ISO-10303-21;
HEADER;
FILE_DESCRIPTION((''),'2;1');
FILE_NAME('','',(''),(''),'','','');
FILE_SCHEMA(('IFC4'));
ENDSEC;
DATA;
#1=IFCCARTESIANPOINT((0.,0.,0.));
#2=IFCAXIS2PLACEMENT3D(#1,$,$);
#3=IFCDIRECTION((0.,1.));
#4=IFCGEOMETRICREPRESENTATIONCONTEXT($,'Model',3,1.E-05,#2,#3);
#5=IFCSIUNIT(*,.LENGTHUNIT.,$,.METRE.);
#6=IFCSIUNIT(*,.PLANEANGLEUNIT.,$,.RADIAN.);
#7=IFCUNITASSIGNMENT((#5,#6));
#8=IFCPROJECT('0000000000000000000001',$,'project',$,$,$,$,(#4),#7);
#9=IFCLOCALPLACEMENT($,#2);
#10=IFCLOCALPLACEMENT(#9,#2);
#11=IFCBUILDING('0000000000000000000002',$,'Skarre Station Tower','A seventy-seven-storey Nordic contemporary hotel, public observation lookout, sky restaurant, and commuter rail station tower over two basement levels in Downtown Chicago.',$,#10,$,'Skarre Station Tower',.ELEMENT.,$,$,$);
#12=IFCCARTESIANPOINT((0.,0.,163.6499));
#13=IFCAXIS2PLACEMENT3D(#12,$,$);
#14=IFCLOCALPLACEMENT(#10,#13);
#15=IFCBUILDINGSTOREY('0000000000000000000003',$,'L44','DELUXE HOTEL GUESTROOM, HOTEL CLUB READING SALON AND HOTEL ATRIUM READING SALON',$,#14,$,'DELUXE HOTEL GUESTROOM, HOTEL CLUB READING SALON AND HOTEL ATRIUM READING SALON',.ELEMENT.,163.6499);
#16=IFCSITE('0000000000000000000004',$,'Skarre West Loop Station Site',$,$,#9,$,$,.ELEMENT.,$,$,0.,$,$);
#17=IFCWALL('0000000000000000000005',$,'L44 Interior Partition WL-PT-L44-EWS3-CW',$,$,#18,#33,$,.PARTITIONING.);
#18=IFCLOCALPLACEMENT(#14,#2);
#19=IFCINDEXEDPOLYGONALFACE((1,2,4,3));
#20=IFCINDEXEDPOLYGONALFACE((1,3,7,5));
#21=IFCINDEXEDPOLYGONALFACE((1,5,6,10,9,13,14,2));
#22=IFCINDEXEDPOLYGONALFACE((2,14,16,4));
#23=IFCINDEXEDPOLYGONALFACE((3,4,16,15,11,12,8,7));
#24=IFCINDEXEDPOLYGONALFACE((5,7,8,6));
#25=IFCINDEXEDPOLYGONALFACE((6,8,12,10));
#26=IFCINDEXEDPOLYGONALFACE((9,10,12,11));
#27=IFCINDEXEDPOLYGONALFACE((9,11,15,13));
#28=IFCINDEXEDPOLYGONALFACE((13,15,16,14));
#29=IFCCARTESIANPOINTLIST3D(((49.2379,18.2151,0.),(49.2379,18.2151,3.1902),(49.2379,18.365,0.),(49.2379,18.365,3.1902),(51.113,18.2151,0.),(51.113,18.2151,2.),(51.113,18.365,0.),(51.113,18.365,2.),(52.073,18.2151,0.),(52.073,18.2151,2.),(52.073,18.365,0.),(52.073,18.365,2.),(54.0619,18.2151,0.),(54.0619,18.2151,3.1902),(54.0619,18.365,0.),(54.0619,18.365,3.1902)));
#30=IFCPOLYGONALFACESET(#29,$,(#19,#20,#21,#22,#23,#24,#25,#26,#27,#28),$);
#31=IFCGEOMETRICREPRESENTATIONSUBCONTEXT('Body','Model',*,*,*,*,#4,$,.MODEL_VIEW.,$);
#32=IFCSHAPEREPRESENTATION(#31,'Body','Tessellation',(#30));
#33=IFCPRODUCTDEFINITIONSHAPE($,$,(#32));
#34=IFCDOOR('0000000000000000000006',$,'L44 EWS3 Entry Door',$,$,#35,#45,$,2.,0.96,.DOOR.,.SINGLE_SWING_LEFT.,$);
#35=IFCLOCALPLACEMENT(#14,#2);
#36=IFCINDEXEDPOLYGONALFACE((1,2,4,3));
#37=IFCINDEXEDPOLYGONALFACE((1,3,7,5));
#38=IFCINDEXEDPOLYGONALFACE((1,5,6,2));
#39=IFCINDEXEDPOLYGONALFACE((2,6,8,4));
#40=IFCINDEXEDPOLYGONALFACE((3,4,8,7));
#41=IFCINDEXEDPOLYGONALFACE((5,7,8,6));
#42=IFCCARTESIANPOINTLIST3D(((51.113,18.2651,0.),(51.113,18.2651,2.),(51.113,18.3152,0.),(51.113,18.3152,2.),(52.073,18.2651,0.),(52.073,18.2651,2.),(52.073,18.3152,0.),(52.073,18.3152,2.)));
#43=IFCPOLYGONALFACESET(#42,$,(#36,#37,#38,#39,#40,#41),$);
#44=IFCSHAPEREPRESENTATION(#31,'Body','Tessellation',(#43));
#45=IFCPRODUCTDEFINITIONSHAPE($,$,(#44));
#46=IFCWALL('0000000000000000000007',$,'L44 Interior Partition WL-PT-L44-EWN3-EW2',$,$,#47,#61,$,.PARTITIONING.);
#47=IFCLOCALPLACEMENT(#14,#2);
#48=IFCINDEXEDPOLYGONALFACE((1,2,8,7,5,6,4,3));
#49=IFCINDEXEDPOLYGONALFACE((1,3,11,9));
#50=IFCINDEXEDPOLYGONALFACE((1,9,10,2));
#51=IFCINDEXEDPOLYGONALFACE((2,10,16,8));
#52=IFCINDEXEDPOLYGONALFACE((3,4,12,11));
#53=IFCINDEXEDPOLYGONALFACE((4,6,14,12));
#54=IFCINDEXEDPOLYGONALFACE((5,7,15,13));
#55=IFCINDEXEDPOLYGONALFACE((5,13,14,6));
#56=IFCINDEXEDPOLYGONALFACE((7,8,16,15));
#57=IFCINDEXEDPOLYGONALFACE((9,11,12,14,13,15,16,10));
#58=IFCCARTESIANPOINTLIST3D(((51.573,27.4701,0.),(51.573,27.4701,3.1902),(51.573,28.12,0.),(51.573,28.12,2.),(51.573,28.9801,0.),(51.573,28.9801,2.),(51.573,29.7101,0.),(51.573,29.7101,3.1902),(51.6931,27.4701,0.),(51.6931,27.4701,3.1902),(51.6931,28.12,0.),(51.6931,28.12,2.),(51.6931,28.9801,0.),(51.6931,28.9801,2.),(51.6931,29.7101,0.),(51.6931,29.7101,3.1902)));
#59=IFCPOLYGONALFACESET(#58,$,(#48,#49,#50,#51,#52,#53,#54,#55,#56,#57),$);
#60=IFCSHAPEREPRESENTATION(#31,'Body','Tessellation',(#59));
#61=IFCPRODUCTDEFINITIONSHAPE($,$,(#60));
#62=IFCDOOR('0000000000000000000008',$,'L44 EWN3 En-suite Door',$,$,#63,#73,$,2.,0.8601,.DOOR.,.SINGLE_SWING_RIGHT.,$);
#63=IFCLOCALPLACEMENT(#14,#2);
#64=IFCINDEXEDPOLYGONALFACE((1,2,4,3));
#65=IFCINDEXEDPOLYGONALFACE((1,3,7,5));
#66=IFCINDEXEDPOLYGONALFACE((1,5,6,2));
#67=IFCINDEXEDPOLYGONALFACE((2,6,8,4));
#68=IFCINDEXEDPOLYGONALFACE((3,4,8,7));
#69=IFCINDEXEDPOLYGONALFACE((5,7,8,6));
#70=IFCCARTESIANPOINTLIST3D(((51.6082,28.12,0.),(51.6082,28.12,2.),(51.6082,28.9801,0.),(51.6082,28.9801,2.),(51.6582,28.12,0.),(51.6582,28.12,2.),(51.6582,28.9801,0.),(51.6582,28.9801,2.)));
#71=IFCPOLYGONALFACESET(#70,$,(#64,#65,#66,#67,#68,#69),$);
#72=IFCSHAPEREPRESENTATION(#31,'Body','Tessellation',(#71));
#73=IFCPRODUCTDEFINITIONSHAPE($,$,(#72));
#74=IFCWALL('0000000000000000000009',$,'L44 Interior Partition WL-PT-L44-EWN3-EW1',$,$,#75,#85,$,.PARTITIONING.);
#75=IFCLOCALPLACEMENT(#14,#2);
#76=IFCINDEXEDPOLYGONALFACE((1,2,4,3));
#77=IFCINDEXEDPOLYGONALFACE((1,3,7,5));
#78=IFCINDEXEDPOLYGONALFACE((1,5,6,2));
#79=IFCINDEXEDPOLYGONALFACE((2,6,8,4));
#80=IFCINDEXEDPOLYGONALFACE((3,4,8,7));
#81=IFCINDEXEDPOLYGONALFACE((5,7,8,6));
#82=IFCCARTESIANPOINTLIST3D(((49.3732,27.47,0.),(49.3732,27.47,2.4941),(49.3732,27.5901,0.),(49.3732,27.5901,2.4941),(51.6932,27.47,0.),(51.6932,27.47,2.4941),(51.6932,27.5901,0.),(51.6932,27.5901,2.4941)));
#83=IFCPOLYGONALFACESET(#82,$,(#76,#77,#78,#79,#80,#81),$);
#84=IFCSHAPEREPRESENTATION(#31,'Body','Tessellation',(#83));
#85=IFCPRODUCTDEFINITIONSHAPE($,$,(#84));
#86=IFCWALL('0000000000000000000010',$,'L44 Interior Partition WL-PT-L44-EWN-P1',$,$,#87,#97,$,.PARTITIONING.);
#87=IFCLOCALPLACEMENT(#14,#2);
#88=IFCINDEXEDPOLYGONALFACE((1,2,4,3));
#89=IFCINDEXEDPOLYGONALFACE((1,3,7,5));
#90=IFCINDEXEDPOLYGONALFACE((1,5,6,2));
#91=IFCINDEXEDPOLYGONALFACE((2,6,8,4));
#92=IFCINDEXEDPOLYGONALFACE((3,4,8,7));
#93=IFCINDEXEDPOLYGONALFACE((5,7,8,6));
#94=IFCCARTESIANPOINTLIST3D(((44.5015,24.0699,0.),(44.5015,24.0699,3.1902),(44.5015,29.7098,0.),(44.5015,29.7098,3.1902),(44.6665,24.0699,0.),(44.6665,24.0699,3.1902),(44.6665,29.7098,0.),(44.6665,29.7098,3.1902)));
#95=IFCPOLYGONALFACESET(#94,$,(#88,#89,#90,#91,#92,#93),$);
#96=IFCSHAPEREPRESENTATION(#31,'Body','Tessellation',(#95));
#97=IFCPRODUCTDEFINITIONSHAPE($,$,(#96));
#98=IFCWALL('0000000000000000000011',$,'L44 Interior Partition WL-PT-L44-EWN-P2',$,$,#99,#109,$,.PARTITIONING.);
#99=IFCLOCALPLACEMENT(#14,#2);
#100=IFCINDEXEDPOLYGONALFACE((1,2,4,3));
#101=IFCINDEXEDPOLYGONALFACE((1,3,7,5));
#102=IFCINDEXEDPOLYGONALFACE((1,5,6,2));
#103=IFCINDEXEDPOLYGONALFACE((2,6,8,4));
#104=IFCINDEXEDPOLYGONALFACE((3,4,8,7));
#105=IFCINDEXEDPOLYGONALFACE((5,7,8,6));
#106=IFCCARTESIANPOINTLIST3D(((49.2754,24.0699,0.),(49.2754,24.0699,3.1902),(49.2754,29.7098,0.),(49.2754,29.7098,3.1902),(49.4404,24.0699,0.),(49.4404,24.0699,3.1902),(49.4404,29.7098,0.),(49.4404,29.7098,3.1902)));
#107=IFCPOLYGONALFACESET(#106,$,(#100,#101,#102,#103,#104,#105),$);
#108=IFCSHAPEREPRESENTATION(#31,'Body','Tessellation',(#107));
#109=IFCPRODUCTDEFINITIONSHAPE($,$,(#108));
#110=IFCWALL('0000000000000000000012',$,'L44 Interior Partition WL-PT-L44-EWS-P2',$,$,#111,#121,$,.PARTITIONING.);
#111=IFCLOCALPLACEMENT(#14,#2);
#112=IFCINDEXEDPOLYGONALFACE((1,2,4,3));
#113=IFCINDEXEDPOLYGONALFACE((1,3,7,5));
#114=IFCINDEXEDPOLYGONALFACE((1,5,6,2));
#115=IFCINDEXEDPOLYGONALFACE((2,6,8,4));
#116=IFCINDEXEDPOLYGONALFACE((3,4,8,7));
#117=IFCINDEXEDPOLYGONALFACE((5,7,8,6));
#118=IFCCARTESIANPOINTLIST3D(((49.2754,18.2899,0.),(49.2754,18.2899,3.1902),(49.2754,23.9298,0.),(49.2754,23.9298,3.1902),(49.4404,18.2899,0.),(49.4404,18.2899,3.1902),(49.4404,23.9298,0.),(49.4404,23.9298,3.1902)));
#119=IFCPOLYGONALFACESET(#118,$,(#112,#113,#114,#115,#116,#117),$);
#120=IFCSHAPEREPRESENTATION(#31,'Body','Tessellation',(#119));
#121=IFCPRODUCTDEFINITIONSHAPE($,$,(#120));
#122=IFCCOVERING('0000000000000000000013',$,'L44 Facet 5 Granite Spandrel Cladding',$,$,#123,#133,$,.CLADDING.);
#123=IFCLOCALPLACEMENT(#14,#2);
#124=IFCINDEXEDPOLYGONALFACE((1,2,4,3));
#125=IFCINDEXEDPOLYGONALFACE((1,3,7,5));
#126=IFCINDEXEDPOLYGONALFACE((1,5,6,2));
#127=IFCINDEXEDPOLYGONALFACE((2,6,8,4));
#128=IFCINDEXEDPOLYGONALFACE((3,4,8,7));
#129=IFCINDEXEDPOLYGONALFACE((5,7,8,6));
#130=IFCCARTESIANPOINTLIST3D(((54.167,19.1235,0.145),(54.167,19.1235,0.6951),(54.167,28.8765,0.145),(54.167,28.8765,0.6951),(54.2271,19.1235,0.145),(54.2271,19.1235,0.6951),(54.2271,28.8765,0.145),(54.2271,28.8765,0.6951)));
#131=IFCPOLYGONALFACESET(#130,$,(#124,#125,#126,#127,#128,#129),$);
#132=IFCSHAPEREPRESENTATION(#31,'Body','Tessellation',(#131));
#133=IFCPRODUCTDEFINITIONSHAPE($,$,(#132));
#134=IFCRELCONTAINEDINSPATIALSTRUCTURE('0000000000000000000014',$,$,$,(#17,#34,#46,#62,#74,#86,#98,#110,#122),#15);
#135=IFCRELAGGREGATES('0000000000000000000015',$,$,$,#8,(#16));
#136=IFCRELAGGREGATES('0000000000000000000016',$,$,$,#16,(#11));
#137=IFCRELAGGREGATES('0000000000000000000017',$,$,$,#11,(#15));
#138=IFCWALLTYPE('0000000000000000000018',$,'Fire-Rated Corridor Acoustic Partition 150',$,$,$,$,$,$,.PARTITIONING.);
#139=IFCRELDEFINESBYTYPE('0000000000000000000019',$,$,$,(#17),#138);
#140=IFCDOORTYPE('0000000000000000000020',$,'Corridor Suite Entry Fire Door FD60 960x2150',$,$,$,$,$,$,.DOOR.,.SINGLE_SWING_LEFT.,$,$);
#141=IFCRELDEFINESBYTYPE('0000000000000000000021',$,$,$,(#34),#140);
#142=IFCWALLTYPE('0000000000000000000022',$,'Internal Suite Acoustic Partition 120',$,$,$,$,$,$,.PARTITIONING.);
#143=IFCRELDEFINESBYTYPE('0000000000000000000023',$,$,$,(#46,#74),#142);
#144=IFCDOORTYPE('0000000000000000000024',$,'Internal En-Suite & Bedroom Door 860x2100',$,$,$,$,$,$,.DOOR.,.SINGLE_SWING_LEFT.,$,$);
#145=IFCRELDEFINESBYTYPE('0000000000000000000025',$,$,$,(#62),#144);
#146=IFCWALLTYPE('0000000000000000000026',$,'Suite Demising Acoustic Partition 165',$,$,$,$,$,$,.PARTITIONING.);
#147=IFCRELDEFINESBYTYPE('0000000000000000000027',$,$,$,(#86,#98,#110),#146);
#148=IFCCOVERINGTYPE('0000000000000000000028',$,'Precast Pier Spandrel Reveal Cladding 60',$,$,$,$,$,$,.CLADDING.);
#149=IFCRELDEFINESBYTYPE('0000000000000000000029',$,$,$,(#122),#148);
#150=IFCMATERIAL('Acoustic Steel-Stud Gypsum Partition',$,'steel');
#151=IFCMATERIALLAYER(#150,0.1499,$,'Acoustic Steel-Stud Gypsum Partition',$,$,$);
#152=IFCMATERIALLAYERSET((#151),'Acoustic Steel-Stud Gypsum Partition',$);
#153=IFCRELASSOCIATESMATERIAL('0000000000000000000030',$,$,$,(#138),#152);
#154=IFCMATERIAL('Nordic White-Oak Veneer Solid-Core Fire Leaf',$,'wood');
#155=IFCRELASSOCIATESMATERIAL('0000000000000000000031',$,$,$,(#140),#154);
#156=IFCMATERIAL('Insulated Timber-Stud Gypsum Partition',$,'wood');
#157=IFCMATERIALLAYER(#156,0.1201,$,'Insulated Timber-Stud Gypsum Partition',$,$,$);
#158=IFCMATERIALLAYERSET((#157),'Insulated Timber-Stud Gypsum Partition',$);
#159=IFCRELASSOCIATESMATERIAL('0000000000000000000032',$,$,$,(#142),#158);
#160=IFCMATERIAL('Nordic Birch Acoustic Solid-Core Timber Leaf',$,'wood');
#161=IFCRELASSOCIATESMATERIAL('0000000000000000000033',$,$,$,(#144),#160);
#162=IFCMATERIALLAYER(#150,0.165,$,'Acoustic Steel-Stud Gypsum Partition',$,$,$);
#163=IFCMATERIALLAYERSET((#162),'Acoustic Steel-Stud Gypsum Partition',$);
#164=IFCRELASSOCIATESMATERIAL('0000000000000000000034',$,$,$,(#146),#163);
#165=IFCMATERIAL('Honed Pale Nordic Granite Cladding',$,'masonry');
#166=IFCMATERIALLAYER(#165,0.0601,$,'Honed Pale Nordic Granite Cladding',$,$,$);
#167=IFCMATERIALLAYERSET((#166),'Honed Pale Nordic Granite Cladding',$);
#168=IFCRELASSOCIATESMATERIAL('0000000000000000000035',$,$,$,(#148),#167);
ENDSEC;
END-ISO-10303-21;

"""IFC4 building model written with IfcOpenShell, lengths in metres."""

from ifc_helpers import new_model, si_unit, direction, frame, frame_2d, origin, origin_2d, place, context, subcontext, project, spatial, rectangle, extrude, material, layer, layer_set, type_object, element, fill, save


model = new_model("IFC4")

# Units and contexts
model_context = context("Model", 3, precision=1e-05, world=origin(), true_north=direction((0.0, 1.0)))
body_context = subcontext(model_context, "Body", "Model", "MODEL_VIEW")
ifc_project = project(units=[si_unit("LENGTHUNIT", "METRE"), si_unit("PLANEANGLEUNIT", "RADIAN")], contexts=[model_context])

# Site, building, storey
site_placement = place(None, origin())
site = spatial("IfcSite", under=ifc_project, at=site_placement, Name="Skarre West Loop Station Site", CompositionType="ELEMENT", RefElevation=0.0)
building_placement = place(site_placement, origin())
building = spatial("IfcBuilding", under=site, at=building_placement, Name="Skarre Station Tower", Description="A seventy-seven-storey Nordic contemporary hotel, public observation lookout, sky restaurant, and commuter rail station tower over two basement levels in Downtown Chicago.", LongName="Skarre Station Tower", CompositionType="ELEMENT")
storey_placement = place(building_placement, frame((0.0, 0.0, 163.6499)))
storey = spatial("IfcBuildingStorey", under=building, at=storey_placement, Name="L44", Description="DELUXE HOTEL GUESTROOM, HOTEL CLUB READING SALON AND HOTEL ATRIUM READING SALON", LongName="DELUXE HOTEL GUESTROOM, HOTEL CLUB READING SALON AND HOTEL ATRIUM READING SALON", CompositionType="ELEMENT", Elevation=163.6499)

# Walls, openings, doors
ifc_material_1 = material(Name="Acoustic Steel-Stud Gypsum Partition", Category="steel")
ifc_layer_1 = layer(ifc_material_1, 0.1499, Name="Acoustic Steel-Stud Gypsum Partition")
ifc_layer_set_1 = layer_set([ifc_layer_1], Name="Acoustic Steel-Stud Gypsum Partition")
wall_type_1 = type_object("IfcWallType", Name="Fire-Rated Corridor Acoustic Partition 150", PredefinedType="PARTITIONING", material=ifc_layer_set_1)
ifc_material_2 = material(Name="Nordic White-Oak Veneer Solid-Core Fire Leaf", Category="wood")
door_type_1 = type_object("IfcDoorType", Name="Corridor Suite Entry Fire Door FD60 960x2150", OperationType="SINGLE_SWING_LEFT", PredefinedType="DOOR", material=ifc_material_2)
wall_1_placement = place(storey_placement, frame((54.062, 18.29, 0.0), z_axis=(0.0, 0.0, 1.0), x_axis=(-1.0, 0.0, 0.0)))
wall_1 = element("IfcWall", 1, at=wall_1_placement, inside=storey, type_object=wall_type_1, Name="L44 Interior Partition WL-PT-L44-EWS3-CW", PredefinedType="PARTITIONING", context=body_context, shape_type="SweptSolid", body=[
    extrude(rectangle(XDim=4.824, YDim=0.1499, at=frame_2d((2.4121, 0.0))), origin(), (0.0, 0.0, 1.0), 3.1902),
])
opening_1_placement = place(wall_1_placement, frame((1.989, 0.0, 0.0)))
opening_1 = element("IfcOpeningElement", 2, at=opening_1_placement, cuts=wall_1, PredefinedType="OPENING", context=body_context, shape_type="SweptSolid", body=[
    extrude(rectangle(XDim=0.96, YDim=2.0, at=frame_2d((0.48, 1.0))), frame((0.0, 0.085, 0.0), z_axis=(0.0, -1.0, 0.0), x_axis=(1.0, 0.0, 0.0)), (0.0, 0.0, 1.0), 0.1699),
])
door_1_placement = place(opening_1_placement, origin())
door_1 = element("IfcDoor", 3, at=door_1_placement, inside=storey, type_object=door_type_1, Name="L44 EWS3 Entry Door", OperationType="SINGLE_SWING_LEFT", OverallHeight=2.0, OverallWidth=0.96, PredefinedType="DOOR", context=body_context, shape_type="SweptSolid", body=[
    extrude(rectangle(XDim=0.96, YDim=2.0, at=frame_2d((0.48, 1.0))), frame((0.0, 0.0249, 0.0), z_axis=(0.0, -1.0, 0.0), x_axis=(1.0, 0.0, 0.0)), (0.0, 0.0, 1.0), 0.05),
])
fill(opening_1, door_1)
ifc_material_3 = material(Name="Insulated Timber-Stud Gypsum Partition", Category="wood")
ifc_layer_2 = layer(ifc_material_3, 0.1201, Name="Insulated Timber-Stud Gypsum Partition")
ifc_layer_set_2 = layer_set([ifc_layer_2], Name="Insulated Timber-Stud Gypsum Partition")
wall_type_2 = type_object("IfcWallType", Name="Internal Suite Acoustic Partition 120", PredefinedType="PARTITIONING", material=ifc_layer_set_2)
wall_2_placement = place(storey_placement, frame((51.6331, 27.47, 0.0), z_axis=(0.0, 0.0, 1.0), x_axis=(0.0, 1.0, 0.0)))
wall_2 = element("IfcWall", 4, at=wall_2_placement, inside=storey, type_object=wall_type_2, Name="L44 Interior Partition WL-PT-L44-EWN3-EW2", PredefinedType="PARTITIONING", context=body_context, shape_type="SweptSolid", body=[
    extrude(rectangle(XDim=2.24, YDim=0.1201, at=frame_2d((1.1201, 0.0))), origin(), (0.0, 0.0, 1.0), 3.1902),
])
opening_2_placement = place(wall_2_placement, frame((0.6499, 0.0, 0.0)))
opening_2 = element("IfcOpeningElement", 5, at=opening_2_placement, cuts=wall_2, PredefinedType="OPENING", context=body_context, shape_type="SweptSolid", body=[
    extrude(rectangle(XDim=0.8601, YDim=2.0, at=frame_2d((0.4302, 1.0))), frame((0.0, 0.0701, 0.0), z_axis=(0.0, -1.0, 0.0), x_axis=(1.0, 0.0, 0.0)), (0.0, 0.0, 1.0), 0.1401),
])
ifc_material_4 = material(Name="Nordic Birch Acoustic Solid-Core Timber Leaf", Category="wood")
door_type_2 = type_object("IfcDoorType", Name="Internal En-Suite & Bedroom Door 860x2100", OperationType="SINGLE_SWING_LEFT", PredefinedType="DOOR", material=ifc_material_4)
door_2_placement = place(opening_2_placement, origin())
door_2 = element("IfcDoor", 6, at=door_2_placement, inside=storey, type_object=door_type_2, Name="L44 EWN3 En-suite Door", OperationType="SINGLE_SWING_RIGHT", OverallHeight=2.0, OverallWidth=0.8601, PredefinedType="DOOR", context=body_context, shape_type="SweptSolid", body=[
    extrude(rectangle(XDim=0.8601, YDim=2.0, at=frame_2d((0.4302, 1.0))), frame((0.0, 0.0249, 0.0), z_axis=(0.0, -1.0, 0.0), x_axis=(1.0, 0.0, 0.0)), (0.0, 0.0, 1.0), 0.05),
])
fill(opening_2, door_2)

# Walls
wall_3_placement = place(storey_placement, frame((49.373, 27.53, 0.0), z_axis=(0.0, 0.0, 1.0), x_axis=(1.0, 0.0, 0.0)))
element("IfcWall", 7, at=wall_3_placement, inside=storey, type_object=wall_type_2, Name="L44 Interior Partition WL-PT-L44-EWN3-EW1", PredefinedType="PARTITIONING", context=body_context, shape_type="SweptSolid", body=[
    extrude(rectangle(XDim=2.3201, YDim=0.1201, at=frame_2d((1.1602, 0.0))), origin(), (0.0, 0.0, 1.0), 2.4941),
])
ifc_layer_3 = layer(ifc_material_1, 0.165, Name="Acoustic Steel-Stud Gypsum Partition")
ifc_layer_set_3 = layer_set([ifc_layer_3], Name="Acoustic Steel-Stud Gypsum Partition")
wall_type_3 = type_object("IfcWallType", Name="Suite Demising Acoustic Partition 165", PredefinedType="PARTITIONING", material=ifc_layer_set_3)
for number, where, z_axis, x_axis, name in (
    (8, (44.584, 24.0701, 0.0), (0.0, 0.0, 1.0), (0.0, 1.0, 0.0), "L44 Interior Partition WL-PT-L44-EWN-P1"),
    (9, (49.3579, 24.0701, 0.0), (0.0, 0.0, 1.0), (0.0, 1.0, 0.0), "L44 Interior Partition WL-PT-L44-EWN-P2"),
    (10, (49.3579, 18.29, 0.0), (0.0, 0.0, 1.0), (0.0, 1.0, 0.0), "L44 Interior Partition WL-PT-L44-EWS-P2"),
):
    element("IfcWall", number, at=place(storey_placement, frame(where, z_axis=z_axis, x_axis=x_axis)), inside=storey, type_object=wall_type_3, Name=name, PredefinedType="PARTITIONING", context=body_context, shape_type="SweptSolid", body=[
        extrude(rectangle(XDim=5.6399, YDim=0.165, at=frame_2d((2.8198, 0.0))), origin(), (0.0, 0.0, 1.0), 3.1902),
    ])

# Covering
ifc_material_5 = material(Name="Honed Pale Nordic Granite Cladding", Category="masonry")
ifc_layer_4 = layer(ifc_material_5, 0.0601, Name="Honed Pale Nordic Granite Cladding")
ifc_layer_set_4 = layer_set([ifc_layer_4], Name="Honed Pale Nordic Granite Cladding")
covering_type = type_object("IfcCoveringType", Name="Precast Pier Spandrel Reveal Cladding 60", PredefinedType="CLADDING", material=ifc_layer_set_4)
covering_placement = place(storey_placement, frame((54.197, 24.0, 0.145), z_axis=(0.0, 0.0, 1.0), x_axis=(0.0, 1.0, 0.0)))
element("IfcCovering", 11, at=covering_placement, inside=storey, type_object=covering_type, Name="L44 Facet 5 Granite Spandrel Cladding", PredefinedType="CLADDING", context=body_context, shape_type="SweptSolid", body=[
    extrude(rectangle(XDim=9.7529, YDim=0.0601, at=origin_2d()), origin(), (0.0, 0.0, 1.0), 0.55),
])

save(model, "model.ifc")
